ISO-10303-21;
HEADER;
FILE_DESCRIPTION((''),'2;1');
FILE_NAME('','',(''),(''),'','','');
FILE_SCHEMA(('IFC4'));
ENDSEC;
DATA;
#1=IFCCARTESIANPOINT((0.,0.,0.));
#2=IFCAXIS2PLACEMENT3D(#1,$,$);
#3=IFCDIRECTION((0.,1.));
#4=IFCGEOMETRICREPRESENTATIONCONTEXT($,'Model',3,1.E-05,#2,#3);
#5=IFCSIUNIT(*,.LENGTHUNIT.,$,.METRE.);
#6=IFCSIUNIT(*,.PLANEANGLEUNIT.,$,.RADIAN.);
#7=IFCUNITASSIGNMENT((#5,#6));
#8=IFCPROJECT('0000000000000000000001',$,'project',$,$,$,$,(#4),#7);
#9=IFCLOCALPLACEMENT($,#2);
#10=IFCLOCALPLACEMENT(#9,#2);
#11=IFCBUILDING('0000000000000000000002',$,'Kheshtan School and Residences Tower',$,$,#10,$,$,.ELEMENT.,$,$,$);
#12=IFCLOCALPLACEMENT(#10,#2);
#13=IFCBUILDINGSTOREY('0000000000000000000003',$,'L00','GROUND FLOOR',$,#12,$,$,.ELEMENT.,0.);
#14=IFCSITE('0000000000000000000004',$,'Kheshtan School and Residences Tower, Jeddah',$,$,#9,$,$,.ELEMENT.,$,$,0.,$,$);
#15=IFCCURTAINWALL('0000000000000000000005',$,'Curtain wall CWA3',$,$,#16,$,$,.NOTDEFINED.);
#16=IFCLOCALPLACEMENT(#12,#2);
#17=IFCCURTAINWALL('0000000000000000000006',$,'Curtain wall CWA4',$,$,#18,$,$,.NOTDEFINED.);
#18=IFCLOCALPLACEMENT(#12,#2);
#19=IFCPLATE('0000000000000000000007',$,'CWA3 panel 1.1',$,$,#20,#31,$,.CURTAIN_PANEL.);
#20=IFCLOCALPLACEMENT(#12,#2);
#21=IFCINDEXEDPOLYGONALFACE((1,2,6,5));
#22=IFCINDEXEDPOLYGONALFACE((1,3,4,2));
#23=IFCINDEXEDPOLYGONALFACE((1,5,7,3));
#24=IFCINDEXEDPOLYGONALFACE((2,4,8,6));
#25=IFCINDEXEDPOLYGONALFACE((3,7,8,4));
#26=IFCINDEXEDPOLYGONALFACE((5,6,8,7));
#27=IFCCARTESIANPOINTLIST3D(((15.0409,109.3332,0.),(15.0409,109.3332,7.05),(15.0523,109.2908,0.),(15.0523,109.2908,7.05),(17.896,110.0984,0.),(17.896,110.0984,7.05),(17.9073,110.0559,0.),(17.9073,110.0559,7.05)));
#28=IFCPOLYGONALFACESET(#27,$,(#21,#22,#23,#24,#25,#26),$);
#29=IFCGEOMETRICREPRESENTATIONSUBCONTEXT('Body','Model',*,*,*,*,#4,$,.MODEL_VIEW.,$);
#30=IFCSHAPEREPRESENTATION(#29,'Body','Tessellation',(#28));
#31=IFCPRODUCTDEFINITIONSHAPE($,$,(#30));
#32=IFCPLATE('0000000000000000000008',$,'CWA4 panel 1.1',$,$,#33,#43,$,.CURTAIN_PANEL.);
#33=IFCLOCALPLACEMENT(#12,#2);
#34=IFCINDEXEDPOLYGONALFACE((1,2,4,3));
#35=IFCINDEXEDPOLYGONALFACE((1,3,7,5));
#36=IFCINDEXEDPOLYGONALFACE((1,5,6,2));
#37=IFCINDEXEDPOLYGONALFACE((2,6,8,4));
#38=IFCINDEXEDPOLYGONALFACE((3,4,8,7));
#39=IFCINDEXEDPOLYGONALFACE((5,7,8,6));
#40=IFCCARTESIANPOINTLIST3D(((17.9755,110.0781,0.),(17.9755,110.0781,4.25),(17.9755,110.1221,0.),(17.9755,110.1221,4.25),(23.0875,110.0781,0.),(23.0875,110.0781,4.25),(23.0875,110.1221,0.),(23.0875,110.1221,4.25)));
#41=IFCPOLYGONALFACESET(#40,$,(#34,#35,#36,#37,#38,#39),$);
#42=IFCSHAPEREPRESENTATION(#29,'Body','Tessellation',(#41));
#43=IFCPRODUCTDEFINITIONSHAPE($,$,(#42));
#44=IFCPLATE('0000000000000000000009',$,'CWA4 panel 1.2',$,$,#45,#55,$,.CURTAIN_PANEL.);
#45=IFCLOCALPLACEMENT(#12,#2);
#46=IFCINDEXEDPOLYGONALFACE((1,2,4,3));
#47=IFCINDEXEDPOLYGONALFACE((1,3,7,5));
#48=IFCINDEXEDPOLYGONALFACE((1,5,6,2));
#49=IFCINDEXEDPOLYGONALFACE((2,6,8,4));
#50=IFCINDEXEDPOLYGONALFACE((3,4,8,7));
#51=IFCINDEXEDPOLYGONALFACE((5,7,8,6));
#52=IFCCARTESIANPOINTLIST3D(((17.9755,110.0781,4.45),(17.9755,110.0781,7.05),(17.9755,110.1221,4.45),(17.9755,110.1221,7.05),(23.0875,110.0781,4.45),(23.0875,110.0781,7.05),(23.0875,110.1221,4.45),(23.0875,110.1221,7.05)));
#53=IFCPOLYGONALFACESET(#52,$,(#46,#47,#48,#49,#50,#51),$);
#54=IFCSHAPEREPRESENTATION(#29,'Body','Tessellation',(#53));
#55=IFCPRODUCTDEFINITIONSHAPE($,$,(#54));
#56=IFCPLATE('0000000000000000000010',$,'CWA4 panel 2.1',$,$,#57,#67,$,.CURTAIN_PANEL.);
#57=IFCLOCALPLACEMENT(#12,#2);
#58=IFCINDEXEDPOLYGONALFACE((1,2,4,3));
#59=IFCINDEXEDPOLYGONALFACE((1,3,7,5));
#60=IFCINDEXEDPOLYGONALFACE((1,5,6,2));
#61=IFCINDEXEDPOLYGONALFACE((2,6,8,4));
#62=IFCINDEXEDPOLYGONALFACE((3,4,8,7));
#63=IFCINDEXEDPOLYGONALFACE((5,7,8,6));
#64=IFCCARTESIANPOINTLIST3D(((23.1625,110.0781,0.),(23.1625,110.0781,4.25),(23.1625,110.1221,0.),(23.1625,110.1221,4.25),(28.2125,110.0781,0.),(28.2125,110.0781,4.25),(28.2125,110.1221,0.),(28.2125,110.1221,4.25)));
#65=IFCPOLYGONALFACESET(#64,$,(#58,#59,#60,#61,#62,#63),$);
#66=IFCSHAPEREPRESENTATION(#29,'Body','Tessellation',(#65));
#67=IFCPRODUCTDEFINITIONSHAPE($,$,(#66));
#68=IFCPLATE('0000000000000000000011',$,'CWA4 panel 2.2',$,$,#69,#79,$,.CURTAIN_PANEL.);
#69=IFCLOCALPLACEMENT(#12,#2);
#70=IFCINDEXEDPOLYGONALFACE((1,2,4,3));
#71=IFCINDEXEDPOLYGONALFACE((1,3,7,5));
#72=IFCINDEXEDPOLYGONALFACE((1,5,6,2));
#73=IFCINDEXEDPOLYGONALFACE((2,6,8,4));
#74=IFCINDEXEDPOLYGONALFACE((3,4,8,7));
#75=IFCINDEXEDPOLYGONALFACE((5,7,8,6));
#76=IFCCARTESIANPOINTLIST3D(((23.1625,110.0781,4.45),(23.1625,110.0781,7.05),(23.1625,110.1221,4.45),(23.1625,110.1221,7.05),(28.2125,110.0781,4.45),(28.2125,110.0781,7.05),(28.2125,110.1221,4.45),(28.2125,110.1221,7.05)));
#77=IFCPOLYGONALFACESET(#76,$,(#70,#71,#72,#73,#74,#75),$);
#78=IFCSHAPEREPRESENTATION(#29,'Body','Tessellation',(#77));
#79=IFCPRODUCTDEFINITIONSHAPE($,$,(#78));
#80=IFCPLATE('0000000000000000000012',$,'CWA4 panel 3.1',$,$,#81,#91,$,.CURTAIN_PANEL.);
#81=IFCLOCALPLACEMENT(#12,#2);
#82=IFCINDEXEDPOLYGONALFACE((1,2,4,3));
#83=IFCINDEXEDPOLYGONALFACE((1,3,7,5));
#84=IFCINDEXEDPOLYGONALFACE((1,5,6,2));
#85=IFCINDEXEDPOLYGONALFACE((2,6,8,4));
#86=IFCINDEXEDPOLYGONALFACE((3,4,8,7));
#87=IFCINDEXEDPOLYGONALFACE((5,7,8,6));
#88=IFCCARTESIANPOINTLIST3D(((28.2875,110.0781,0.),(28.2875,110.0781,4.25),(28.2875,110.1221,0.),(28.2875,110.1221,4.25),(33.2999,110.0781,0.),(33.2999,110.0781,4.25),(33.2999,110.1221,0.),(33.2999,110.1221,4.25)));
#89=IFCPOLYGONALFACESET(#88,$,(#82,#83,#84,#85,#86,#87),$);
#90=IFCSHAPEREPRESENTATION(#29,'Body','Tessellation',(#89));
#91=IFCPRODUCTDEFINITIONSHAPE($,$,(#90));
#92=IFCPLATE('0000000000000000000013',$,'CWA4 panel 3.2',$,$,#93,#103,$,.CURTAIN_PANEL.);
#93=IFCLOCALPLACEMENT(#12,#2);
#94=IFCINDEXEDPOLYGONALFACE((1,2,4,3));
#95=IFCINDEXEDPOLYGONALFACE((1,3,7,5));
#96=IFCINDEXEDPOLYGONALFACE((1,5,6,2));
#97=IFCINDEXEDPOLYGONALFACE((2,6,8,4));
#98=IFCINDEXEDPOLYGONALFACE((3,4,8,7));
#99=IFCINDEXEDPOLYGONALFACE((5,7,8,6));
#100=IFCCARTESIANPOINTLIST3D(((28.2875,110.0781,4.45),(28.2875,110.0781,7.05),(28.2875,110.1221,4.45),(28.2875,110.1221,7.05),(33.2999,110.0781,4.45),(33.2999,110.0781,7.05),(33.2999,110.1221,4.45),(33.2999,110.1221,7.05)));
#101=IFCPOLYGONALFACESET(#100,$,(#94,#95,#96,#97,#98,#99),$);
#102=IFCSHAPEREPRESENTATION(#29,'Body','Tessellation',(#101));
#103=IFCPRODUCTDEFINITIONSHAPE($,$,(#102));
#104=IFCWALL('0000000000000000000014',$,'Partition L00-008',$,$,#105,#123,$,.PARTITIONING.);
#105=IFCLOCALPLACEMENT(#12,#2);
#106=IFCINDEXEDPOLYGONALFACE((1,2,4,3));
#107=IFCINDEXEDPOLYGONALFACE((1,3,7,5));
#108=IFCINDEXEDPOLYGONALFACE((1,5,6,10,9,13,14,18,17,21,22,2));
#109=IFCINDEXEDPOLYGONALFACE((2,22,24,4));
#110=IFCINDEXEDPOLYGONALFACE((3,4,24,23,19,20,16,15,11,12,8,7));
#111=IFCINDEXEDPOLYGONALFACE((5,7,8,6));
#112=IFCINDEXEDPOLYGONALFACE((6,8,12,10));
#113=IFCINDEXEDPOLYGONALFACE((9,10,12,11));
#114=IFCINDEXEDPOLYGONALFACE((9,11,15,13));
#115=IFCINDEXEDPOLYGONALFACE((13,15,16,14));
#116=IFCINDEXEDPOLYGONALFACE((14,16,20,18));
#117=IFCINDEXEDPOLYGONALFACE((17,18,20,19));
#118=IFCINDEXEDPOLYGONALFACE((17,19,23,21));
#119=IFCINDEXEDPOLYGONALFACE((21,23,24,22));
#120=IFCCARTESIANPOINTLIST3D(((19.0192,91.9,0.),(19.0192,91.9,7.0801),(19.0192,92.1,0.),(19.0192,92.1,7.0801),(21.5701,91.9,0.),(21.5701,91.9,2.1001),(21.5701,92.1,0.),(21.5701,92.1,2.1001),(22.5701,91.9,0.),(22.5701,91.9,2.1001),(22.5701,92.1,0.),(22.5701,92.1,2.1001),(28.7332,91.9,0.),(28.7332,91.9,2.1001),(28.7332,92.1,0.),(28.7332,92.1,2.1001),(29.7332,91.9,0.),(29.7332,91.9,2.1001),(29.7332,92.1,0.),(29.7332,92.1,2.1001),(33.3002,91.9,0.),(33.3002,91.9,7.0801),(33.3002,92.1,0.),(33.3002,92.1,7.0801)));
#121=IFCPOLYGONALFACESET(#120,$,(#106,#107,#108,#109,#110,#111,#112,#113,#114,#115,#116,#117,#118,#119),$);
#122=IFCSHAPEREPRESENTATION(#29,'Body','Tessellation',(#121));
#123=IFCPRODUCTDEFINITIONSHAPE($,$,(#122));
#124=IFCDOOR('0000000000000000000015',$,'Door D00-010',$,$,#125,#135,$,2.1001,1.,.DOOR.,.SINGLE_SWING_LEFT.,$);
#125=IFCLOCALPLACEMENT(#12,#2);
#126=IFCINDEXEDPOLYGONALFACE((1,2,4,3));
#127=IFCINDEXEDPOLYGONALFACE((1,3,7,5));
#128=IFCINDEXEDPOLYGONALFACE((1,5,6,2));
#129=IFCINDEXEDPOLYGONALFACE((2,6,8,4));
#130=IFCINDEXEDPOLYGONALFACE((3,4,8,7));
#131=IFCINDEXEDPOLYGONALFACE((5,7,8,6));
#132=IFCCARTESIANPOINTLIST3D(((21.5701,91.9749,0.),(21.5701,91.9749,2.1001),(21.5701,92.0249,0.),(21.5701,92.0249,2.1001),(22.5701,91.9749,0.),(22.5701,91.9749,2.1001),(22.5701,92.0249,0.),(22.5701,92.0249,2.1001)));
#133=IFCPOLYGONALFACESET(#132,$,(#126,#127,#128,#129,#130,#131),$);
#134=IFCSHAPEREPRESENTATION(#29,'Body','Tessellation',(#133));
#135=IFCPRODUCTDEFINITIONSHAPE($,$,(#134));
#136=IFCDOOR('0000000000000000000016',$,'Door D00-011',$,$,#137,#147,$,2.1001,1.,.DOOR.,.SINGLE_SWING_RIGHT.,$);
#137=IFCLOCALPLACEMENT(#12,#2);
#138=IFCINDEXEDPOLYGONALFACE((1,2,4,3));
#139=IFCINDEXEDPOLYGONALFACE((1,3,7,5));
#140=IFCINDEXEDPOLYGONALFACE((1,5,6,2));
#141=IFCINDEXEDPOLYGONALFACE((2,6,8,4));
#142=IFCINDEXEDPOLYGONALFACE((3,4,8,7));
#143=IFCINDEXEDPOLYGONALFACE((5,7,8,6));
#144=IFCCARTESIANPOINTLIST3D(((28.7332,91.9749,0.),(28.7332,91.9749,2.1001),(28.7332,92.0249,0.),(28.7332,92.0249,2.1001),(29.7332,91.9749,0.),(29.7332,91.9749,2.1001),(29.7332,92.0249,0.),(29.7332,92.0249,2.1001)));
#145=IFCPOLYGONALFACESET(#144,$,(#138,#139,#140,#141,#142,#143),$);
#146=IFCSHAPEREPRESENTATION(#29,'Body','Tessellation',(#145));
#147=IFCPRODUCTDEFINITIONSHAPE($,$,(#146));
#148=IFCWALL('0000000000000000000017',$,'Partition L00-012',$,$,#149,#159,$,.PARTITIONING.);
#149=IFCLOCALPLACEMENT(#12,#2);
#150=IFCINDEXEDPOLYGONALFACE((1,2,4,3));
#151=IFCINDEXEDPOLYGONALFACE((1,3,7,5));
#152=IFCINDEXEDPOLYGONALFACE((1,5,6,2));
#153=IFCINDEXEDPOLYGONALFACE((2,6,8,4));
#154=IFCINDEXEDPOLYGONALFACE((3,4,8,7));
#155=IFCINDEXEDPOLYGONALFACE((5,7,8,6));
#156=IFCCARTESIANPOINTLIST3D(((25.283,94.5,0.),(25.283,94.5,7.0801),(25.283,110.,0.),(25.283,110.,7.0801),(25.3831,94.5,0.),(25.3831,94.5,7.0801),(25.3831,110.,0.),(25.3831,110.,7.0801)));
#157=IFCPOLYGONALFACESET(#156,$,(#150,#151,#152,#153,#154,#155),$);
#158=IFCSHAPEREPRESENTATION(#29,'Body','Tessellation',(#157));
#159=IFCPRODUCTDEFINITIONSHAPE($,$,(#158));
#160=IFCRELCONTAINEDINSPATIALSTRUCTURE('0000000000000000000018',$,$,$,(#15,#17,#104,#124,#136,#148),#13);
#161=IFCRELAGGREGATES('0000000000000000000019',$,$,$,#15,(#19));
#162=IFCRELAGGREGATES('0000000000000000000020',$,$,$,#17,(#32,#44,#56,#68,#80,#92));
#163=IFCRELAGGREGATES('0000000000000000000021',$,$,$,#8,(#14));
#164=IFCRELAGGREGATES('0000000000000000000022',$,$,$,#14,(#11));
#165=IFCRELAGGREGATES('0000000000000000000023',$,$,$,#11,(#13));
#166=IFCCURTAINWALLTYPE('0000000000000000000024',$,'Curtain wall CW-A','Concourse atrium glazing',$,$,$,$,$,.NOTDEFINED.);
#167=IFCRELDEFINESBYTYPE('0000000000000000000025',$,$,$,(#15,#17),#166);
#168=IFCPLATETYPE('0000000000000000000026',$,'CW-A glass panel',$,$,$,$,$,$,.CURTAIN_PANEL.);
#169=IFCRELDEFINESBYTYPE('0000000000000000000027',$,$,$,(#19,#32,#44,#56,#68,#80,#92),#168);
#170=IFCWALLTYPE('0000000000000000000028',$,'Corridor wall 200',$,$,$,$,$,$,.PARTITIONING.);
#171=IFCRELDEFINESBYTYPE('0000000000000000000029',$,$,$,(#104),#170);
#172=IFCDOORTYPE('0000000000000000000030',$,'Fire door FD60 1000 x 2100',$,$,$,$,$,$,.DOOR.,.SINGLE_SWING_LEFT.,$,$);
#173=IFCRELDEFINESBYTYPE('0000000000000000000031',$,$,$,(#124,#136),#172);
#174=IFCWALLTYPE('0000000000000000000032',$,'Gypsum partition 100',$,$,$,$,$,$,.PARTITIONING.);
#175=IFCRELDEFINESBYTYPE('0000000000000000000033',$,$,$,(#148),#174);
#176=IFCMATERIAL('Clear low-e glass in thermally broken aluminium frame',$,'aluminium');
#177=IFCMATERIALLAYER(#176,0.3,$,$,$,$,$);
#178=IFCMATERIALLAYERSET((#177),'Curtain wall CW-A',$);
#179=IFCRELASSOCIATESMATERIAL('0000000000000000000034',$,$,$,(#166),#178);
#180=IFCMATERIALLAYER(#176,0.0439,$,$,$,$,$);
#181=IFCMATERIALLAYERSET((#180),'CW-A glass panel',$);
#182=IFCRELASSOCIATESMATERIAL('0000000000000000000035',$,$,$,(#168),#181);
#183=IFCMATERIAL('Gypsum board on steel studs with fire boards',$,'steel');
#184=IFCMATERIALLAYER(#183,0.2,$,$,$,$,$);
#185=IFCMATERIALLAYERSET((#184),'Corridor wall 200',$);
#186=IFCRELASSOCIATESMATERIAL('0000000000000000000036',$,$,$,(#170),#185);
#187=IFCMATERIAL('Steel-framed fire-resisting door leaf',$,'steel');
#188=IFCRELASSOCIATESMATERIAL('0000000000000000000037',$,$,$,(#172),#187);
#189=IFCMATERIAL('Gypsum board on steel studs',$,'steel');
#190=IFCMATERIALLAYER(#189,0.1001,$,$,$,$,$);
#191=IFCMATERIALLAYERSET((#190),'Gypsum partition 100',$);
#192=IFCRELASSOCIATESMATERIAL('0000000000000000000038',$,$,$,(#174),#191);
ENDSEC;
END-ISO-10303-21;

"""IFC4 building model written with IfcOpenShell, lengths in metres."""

from ifc_helpers import new_model, si_unit, direction, frame, frame_2d, origin, origin_2d, place, context, subcontext, project, spatial, rectangle, extrude, source, transform, mapped, material, layer, layer_set, type_object, element, fill, aggregate, save


model = new_model("IFC4")

# Units and contexts
model_context = context("Model", 3, precision=1e-05, world=origin(), true_north=direction((0.0, 1.0)))
body_context = subcontext(model_context, "Body", "Model", "MODEL_VIEW")
ifc_project = project(units=[si_unit("LENGTHUNIT", "METRE"), si_unit("PLANEANGLEUNIT", "RADIAN")], contexts=[model_context])

# Site, building, storey
site_placement = place(None, origin())
site = spatial("IfcSite", under=ifc_project, at=site_placement, Name="Kheshtan School and Residences Tower, Jeddah", CompositionType="ELEMENT", RefElevation=0.0)
building_placement = place(site_placement, origin())
building = spatial("IfcBuilding", under=site, at=building_placement, Name="Kheshtan School and Residences Tower", CompositionType="ELEMENT")
storey_placement = place(building_placement, origin())
storey = spatial("IfcBuildingStorey", under=building, at=storey_placement, Name="L00", Description="GROUND FLOOR", CompositionType="ELEMENT", Elevation=0.0)

# Curtain wall
ifc_material_1 = material(Name="Clear low-e glass in thermally broken aluminium frame", Category="aluminium")
ifc_layer_1 = layer(ifc_material_1, 0.3)
ifc_layer_set_1 = layer_set([ifc_layer_1], Name="Curtain wall CW-A")
curtain_wall_type = type_object("IfcCurtainWallType", Name="Curtain wall CW-A", Description="Concourse atrium glazing", PredefinedType="NOTDEFINED", material=ifc_layer_set_1)
curtain_wall_1_placement = place(storey_placement, origin())
curtain_wall_1 = element("IfcCurtainWall", 1, at=curtain_wall_1_placement, inside=storey, type_object=curtain_wall_type, Name="Curtain wall CWA3", PredefinedType="NOTDEFINED")

# Curtain wall
curtain_wall_2_placement = place(storey_placement, origin())
curtain_wall_2 = element("IfcCurtainWall", 2, at=curtain_wall_2_placement, inside=storey, type_object=curtain_wall_type, Name="Curtain wall CWA4", PredefinedType="NOTDEFINED")

# Plates
ifc_layer_2 = layer(ifc_material_1, 0.0439)
ifc_layer_set_2 = layer_set([ifc_layer_2], Name="CW-A glass panel")
plate_type = type_object("IfcPlateType", Name="CW-A glass panel", PredefinedType="CURTAIN_PANEL", material=ifc_layer_set_2)
plate_1_placement = place(storey_placement, frame((16.4741, 109.6946, 0.0), z_axis=(0.0, 0.0, 1.0), x_axis=(0.965914, 0.258865, 0.0)))
plate_1 = element("IfcPlate", 3, at=plate_1_placement, type_object=plate_type, Name="CWA3 panel 1.1", PredefinedType="CURTAIN_PANEL", context=body_context, shape_type="SweptSolid", body=[
    extrude(rectangle(XDim=2.9558, YDim=0.0439, at=origin_2d()), origin(), (0.0, 0.0, 1.0), 7.05),
])
aggregate(curtain_wall_1, [plate_1])
plate_2_placement = place(storey_placement, frame((20.5315, 110.1001, 0.0), z_axis=(0.0, 0.0, 1.0), x_axis=(1.0, 0.0, 0.0)))
plate_2 = element("IfcPlate", 4, at=plate_2_placement, type_object=plate_type, Name="CWA4 panel 1.1", PredefinedType="CURTAIN_PANEL", context=body_context, shape_type="SweptSolid", body=[
    extrude(rectangle(XDim=5.1121, YDim=0.0439, at=origin_2d()), origin(), (0.0, 0.0, 1.0), 4.25),
])
plate_3_placement = place(storey_placement, frame((20.5315, 110.1001, 4.45), z_axis=(0.0, 0.0, 1.0), x_axis=(1.0, 0.0, 0.0)))
plate_3 = element("IfcPlate", 5, at=plate_3_placement, type_object=plate_type, Name="CWA4 panel 1.2", PredefinedType="CURTAIN_PANEL", context=body_context, shape_type="SweptSolid", body=[
    extrude(rectangle(XDim=5.1121, YDim=0.0439, at=origin_2d()), origin(), (0.0, 0.0, 1.0), 2.6001),
])
plate_4_placement = place(storey_placement, frame((25.6875, 110.1001, 0.0), z_axis=(0.0, 0.0, 1.0), x_axis=(1.0, 0.0, 0.0)))
plate_4 = element("IfcPlate", 6, at=plate_4_placement, type_object=plate_type, Name="CWA4 panel 2.1", PredefinedType="CURTAIN_PANEL", context=body_context, shape_type="SweptSolid", body=[
    extrude(rectangle(XDim=5.05, YDim=0.0439, at=origin_2d()), origin(), (0.0, 0.0, 1.0), 4.25),
])
plate_5_placement = place(storey_placement, frame((25.6875, 110.1001, 4.45), z_axis=(0.0, 0.0, 1.0), x_axis=(1.0, 0.0, 0.0)))
plate_5 = element("IfcPlate", 7, at=plate_5_placement, type_object=plate_type, Name="CWA4 panel 2.2", PredefinedType="CURTAIN_PANEL", context=body_context, shape_type="SweptSolid", body=[
    extrude(rectangle(XDim=5.05, YDim=0.0439, at=origin_2d()), origin(), (0.0, 0.0, 1.0), 2.6001),
])
plate_6_placement = place(storey_placement, frame((30.7937, 110.1001, 0.0), z_axis=(0.0, 0.0, 1.0), x_axis=(1.0, 0.0, 0.0)))
plate_6 = element("IfcPlate", 8, at=plate_6_placement, type_object=plate_type, Name="CWA4 panel 3.1", PredefinedType="CURTAIN_PANEL", context=body_context, shape_type="SweptSolid", body=[
    extrude(rectangle(XDim=5.0125, YDim=0.0439, at=origin_2d()), origin(), (0.0, 0.0, 1.0), 4.25),
])
plate_7_placement = place(storey_placement, frame((30.7937, 110.1001, 4.45), z_axis=(0.0, 0.0, 1.0), x_axis=(1.0, 0.0, 0.0)))
plate_7 = element("IfcPlate", 9, at=plate_7_placement, type_object=plate_type, Name="CWA4 panel 3.2", PredefinedType="CURTAIN_PANEL", context=body_context, shape_type="SweptSolid", body=[
    extrude(rectangle(XDim=5.0125, YDim=0.0439, at=origin_2d()), origin(), (0.0, 0.0, 1.0), 2.6001),
])
aggregate(curtain_wall_2, [plate_2, plate_3, plate_4, plate_5, plate_6, plate_7])

# Wall, openings, doors
ifc_material_2 = material(Name="Gypsum board on steel studs with fire boards", Category="steel")
ifc_layer_3 = layer(ifc_material_2, 0.2)
ifc_layer_set_3 = layer_set([ifc_layer_3], Name="Corridor wall 200")
wall_type_1 = type_object("IfcWallType", Name="Corridor wall 200", PredefinedType="PARTITIONING", material=ifc_layer_set_3)
wall_1_placement = place(storey_placement, frame((19.019, 92.0, 0.0), z_axis=(0.0, 0.0, 1.0), x_axis=(1.0, 0.0, 0.0)))
wall_1 = element("IfcWall", 10, at=wall_1_placement, inside=storey, type_object=wall_type_1, Name="Partition L00-008", PredefinedType="PARTITIONING", context=body_context, shape_type="SweptSolid", body=[
    extrude(rectangle(XDim=14.281, YDim=0.2, at=frame_2d((7.1406, 0.0))), origin(), (0.0, 0.0, 1.0), 7.0801),
])
opening_1_placement = place(wall_1_placement, frame((2.551, 0.0, 0.0)))
opening_1 = element("IfcOpeningElement", 11, at=opening_1_placement, cuts=wall_1, PredefinedType="OPENING", context=body_context, shape_type="SweptSolid", body=[
    extrude(rectangle(XDim=1.0, YDim=2.1001, at=frame_2d((0.5, 1.05))), frame((0.0, 0.1099, 0.0), z_axis=(0.0, -1.0, 0.0), x_axis=(1.0, 0.0, 0.0)), (0.0, 0.0, 1.0), 0.22),
])
opening_2_placement = place(wall_1_placement, frame((9.7141, 0.0, 0.0)))
opening_2 = element("IfcOpeningElement", 12, at=opening_2_placement, cuts=wall_1, PredefinedType="OPENING", context=body_context, shape_type="SweptSolid", body=[
    extrude(rectangle(XDim=1.0, YDim=2.1001, at=frame_2d((0.5, 1.05))), frame((0.0, 0.1099, 0.0), z_axis=(0.0, -1.0, 0.0), x_axis=(1.0, 0.0, 0.0)), (0.0, 0.0, 1.0), 0.22),
])
ifc_material_3 = material(Name="Steel-framed fire-resisting door leaf", Category="steel")
door_type_1 = type_object("IfcDoorType", Name="Fire door FD60 1000 x 2100", OperationType="SINGLE_SWING_LEFT", PredefinedType="DOOR", material=ifc_material_3)
shared_shape_1 = source(origin(), body_context, "Body", "SweptSolid", [
    extrude(rectangle(XDim=1.0, YDim=2.1001, at=frame_2d((0.5, 1.05))), frame((0.0, 0.0249, 0.0), z_axis=(0.0, -1.0, 0.0), x_axis=(1.0, 0.0, 0.0)), (0.0, 0.0, 1.0), 0.05),
])
door_1_placement = place(opening_1_placement, origin())
door_1 = element("IfcDoor", 13, at=door_1_placement, inside=storey, type_object=door_type_1, Name="Door D00-010", OperationType="SINGLE_SWING_LEFT", OverallHeight=2.1001, OverallWidth=1.0, PredefinedType="DOOR", context=body_context, shape_type="MappedRepresentation", body=[
    mapped(shared_shape_1, transform((0.0, 0.0, 0.0), x_axis=(1.0, 0.0, 0.0), y_axis=(0.0, 1.0, 0.0), z_axis=(0.0, 0.0, 1.0), scale=1.0)),
])
fill(opening_1, door_1)
door_2_placement = place(opening_2_placement, origin())
door_2 = element("IfcDoor", 14, at=door_2_placement, inside=storey, type_object=door_type_1, Name="Door D00-011", OperationType="SINGLE_SWING_RIGHT", OverallHeight=2.1001, OverallWidth=1.0, PredefinedType="DOOR", context=body_context, shape_type="MappedRepresentation", body=[
    mapped(shared_shape_1, transform((0.0, 0.0, 0.0), x_axis=(1.0, 0.0, 0.0), y_axis=(0.0, 1.0, 0.0), z_axis=(0.0, 0.0, 1.0), scale=1.0)),
])
fill(opening_2, door_2)

# Wall
ifc_material_4 = material(Name="Gypsum board on steel studs", Category="steel")
ifc_layer_4 = layer(ifc_material_4, 0.1001)
ifc_layer_set_4 = layer_set([ifc_layer_4], Name="Gypsum partition 100")
wall_type_2 = type_object("IfcWallType", Name="Gypsum partition 100", PredefinedType="PARTITIONING", material=ifc_layer_set_4)
wall_2_placement = place(storey_placement, frame((25.333, 94.5, 0.0), z_axis=(0.0, 0.0, 1.0), x_axis=(0.0, 1.0, 0.0)))
element("IfcWall", 15, at=wall_2_placement, inside=storey, type_object=wall_type_2, Name="Partition L00-012", PredefinedType="PARTITIONING", context=body_context, shape_type="SweptSolid", body=[
    extrude(rectangle(XDim=15.5, YDim=0.1001, at=frame_2d((7.75, 0.0))), origin(), (0.0, 0.0, 1.0), 7.0801),
])

save(model, "model.ifc")
